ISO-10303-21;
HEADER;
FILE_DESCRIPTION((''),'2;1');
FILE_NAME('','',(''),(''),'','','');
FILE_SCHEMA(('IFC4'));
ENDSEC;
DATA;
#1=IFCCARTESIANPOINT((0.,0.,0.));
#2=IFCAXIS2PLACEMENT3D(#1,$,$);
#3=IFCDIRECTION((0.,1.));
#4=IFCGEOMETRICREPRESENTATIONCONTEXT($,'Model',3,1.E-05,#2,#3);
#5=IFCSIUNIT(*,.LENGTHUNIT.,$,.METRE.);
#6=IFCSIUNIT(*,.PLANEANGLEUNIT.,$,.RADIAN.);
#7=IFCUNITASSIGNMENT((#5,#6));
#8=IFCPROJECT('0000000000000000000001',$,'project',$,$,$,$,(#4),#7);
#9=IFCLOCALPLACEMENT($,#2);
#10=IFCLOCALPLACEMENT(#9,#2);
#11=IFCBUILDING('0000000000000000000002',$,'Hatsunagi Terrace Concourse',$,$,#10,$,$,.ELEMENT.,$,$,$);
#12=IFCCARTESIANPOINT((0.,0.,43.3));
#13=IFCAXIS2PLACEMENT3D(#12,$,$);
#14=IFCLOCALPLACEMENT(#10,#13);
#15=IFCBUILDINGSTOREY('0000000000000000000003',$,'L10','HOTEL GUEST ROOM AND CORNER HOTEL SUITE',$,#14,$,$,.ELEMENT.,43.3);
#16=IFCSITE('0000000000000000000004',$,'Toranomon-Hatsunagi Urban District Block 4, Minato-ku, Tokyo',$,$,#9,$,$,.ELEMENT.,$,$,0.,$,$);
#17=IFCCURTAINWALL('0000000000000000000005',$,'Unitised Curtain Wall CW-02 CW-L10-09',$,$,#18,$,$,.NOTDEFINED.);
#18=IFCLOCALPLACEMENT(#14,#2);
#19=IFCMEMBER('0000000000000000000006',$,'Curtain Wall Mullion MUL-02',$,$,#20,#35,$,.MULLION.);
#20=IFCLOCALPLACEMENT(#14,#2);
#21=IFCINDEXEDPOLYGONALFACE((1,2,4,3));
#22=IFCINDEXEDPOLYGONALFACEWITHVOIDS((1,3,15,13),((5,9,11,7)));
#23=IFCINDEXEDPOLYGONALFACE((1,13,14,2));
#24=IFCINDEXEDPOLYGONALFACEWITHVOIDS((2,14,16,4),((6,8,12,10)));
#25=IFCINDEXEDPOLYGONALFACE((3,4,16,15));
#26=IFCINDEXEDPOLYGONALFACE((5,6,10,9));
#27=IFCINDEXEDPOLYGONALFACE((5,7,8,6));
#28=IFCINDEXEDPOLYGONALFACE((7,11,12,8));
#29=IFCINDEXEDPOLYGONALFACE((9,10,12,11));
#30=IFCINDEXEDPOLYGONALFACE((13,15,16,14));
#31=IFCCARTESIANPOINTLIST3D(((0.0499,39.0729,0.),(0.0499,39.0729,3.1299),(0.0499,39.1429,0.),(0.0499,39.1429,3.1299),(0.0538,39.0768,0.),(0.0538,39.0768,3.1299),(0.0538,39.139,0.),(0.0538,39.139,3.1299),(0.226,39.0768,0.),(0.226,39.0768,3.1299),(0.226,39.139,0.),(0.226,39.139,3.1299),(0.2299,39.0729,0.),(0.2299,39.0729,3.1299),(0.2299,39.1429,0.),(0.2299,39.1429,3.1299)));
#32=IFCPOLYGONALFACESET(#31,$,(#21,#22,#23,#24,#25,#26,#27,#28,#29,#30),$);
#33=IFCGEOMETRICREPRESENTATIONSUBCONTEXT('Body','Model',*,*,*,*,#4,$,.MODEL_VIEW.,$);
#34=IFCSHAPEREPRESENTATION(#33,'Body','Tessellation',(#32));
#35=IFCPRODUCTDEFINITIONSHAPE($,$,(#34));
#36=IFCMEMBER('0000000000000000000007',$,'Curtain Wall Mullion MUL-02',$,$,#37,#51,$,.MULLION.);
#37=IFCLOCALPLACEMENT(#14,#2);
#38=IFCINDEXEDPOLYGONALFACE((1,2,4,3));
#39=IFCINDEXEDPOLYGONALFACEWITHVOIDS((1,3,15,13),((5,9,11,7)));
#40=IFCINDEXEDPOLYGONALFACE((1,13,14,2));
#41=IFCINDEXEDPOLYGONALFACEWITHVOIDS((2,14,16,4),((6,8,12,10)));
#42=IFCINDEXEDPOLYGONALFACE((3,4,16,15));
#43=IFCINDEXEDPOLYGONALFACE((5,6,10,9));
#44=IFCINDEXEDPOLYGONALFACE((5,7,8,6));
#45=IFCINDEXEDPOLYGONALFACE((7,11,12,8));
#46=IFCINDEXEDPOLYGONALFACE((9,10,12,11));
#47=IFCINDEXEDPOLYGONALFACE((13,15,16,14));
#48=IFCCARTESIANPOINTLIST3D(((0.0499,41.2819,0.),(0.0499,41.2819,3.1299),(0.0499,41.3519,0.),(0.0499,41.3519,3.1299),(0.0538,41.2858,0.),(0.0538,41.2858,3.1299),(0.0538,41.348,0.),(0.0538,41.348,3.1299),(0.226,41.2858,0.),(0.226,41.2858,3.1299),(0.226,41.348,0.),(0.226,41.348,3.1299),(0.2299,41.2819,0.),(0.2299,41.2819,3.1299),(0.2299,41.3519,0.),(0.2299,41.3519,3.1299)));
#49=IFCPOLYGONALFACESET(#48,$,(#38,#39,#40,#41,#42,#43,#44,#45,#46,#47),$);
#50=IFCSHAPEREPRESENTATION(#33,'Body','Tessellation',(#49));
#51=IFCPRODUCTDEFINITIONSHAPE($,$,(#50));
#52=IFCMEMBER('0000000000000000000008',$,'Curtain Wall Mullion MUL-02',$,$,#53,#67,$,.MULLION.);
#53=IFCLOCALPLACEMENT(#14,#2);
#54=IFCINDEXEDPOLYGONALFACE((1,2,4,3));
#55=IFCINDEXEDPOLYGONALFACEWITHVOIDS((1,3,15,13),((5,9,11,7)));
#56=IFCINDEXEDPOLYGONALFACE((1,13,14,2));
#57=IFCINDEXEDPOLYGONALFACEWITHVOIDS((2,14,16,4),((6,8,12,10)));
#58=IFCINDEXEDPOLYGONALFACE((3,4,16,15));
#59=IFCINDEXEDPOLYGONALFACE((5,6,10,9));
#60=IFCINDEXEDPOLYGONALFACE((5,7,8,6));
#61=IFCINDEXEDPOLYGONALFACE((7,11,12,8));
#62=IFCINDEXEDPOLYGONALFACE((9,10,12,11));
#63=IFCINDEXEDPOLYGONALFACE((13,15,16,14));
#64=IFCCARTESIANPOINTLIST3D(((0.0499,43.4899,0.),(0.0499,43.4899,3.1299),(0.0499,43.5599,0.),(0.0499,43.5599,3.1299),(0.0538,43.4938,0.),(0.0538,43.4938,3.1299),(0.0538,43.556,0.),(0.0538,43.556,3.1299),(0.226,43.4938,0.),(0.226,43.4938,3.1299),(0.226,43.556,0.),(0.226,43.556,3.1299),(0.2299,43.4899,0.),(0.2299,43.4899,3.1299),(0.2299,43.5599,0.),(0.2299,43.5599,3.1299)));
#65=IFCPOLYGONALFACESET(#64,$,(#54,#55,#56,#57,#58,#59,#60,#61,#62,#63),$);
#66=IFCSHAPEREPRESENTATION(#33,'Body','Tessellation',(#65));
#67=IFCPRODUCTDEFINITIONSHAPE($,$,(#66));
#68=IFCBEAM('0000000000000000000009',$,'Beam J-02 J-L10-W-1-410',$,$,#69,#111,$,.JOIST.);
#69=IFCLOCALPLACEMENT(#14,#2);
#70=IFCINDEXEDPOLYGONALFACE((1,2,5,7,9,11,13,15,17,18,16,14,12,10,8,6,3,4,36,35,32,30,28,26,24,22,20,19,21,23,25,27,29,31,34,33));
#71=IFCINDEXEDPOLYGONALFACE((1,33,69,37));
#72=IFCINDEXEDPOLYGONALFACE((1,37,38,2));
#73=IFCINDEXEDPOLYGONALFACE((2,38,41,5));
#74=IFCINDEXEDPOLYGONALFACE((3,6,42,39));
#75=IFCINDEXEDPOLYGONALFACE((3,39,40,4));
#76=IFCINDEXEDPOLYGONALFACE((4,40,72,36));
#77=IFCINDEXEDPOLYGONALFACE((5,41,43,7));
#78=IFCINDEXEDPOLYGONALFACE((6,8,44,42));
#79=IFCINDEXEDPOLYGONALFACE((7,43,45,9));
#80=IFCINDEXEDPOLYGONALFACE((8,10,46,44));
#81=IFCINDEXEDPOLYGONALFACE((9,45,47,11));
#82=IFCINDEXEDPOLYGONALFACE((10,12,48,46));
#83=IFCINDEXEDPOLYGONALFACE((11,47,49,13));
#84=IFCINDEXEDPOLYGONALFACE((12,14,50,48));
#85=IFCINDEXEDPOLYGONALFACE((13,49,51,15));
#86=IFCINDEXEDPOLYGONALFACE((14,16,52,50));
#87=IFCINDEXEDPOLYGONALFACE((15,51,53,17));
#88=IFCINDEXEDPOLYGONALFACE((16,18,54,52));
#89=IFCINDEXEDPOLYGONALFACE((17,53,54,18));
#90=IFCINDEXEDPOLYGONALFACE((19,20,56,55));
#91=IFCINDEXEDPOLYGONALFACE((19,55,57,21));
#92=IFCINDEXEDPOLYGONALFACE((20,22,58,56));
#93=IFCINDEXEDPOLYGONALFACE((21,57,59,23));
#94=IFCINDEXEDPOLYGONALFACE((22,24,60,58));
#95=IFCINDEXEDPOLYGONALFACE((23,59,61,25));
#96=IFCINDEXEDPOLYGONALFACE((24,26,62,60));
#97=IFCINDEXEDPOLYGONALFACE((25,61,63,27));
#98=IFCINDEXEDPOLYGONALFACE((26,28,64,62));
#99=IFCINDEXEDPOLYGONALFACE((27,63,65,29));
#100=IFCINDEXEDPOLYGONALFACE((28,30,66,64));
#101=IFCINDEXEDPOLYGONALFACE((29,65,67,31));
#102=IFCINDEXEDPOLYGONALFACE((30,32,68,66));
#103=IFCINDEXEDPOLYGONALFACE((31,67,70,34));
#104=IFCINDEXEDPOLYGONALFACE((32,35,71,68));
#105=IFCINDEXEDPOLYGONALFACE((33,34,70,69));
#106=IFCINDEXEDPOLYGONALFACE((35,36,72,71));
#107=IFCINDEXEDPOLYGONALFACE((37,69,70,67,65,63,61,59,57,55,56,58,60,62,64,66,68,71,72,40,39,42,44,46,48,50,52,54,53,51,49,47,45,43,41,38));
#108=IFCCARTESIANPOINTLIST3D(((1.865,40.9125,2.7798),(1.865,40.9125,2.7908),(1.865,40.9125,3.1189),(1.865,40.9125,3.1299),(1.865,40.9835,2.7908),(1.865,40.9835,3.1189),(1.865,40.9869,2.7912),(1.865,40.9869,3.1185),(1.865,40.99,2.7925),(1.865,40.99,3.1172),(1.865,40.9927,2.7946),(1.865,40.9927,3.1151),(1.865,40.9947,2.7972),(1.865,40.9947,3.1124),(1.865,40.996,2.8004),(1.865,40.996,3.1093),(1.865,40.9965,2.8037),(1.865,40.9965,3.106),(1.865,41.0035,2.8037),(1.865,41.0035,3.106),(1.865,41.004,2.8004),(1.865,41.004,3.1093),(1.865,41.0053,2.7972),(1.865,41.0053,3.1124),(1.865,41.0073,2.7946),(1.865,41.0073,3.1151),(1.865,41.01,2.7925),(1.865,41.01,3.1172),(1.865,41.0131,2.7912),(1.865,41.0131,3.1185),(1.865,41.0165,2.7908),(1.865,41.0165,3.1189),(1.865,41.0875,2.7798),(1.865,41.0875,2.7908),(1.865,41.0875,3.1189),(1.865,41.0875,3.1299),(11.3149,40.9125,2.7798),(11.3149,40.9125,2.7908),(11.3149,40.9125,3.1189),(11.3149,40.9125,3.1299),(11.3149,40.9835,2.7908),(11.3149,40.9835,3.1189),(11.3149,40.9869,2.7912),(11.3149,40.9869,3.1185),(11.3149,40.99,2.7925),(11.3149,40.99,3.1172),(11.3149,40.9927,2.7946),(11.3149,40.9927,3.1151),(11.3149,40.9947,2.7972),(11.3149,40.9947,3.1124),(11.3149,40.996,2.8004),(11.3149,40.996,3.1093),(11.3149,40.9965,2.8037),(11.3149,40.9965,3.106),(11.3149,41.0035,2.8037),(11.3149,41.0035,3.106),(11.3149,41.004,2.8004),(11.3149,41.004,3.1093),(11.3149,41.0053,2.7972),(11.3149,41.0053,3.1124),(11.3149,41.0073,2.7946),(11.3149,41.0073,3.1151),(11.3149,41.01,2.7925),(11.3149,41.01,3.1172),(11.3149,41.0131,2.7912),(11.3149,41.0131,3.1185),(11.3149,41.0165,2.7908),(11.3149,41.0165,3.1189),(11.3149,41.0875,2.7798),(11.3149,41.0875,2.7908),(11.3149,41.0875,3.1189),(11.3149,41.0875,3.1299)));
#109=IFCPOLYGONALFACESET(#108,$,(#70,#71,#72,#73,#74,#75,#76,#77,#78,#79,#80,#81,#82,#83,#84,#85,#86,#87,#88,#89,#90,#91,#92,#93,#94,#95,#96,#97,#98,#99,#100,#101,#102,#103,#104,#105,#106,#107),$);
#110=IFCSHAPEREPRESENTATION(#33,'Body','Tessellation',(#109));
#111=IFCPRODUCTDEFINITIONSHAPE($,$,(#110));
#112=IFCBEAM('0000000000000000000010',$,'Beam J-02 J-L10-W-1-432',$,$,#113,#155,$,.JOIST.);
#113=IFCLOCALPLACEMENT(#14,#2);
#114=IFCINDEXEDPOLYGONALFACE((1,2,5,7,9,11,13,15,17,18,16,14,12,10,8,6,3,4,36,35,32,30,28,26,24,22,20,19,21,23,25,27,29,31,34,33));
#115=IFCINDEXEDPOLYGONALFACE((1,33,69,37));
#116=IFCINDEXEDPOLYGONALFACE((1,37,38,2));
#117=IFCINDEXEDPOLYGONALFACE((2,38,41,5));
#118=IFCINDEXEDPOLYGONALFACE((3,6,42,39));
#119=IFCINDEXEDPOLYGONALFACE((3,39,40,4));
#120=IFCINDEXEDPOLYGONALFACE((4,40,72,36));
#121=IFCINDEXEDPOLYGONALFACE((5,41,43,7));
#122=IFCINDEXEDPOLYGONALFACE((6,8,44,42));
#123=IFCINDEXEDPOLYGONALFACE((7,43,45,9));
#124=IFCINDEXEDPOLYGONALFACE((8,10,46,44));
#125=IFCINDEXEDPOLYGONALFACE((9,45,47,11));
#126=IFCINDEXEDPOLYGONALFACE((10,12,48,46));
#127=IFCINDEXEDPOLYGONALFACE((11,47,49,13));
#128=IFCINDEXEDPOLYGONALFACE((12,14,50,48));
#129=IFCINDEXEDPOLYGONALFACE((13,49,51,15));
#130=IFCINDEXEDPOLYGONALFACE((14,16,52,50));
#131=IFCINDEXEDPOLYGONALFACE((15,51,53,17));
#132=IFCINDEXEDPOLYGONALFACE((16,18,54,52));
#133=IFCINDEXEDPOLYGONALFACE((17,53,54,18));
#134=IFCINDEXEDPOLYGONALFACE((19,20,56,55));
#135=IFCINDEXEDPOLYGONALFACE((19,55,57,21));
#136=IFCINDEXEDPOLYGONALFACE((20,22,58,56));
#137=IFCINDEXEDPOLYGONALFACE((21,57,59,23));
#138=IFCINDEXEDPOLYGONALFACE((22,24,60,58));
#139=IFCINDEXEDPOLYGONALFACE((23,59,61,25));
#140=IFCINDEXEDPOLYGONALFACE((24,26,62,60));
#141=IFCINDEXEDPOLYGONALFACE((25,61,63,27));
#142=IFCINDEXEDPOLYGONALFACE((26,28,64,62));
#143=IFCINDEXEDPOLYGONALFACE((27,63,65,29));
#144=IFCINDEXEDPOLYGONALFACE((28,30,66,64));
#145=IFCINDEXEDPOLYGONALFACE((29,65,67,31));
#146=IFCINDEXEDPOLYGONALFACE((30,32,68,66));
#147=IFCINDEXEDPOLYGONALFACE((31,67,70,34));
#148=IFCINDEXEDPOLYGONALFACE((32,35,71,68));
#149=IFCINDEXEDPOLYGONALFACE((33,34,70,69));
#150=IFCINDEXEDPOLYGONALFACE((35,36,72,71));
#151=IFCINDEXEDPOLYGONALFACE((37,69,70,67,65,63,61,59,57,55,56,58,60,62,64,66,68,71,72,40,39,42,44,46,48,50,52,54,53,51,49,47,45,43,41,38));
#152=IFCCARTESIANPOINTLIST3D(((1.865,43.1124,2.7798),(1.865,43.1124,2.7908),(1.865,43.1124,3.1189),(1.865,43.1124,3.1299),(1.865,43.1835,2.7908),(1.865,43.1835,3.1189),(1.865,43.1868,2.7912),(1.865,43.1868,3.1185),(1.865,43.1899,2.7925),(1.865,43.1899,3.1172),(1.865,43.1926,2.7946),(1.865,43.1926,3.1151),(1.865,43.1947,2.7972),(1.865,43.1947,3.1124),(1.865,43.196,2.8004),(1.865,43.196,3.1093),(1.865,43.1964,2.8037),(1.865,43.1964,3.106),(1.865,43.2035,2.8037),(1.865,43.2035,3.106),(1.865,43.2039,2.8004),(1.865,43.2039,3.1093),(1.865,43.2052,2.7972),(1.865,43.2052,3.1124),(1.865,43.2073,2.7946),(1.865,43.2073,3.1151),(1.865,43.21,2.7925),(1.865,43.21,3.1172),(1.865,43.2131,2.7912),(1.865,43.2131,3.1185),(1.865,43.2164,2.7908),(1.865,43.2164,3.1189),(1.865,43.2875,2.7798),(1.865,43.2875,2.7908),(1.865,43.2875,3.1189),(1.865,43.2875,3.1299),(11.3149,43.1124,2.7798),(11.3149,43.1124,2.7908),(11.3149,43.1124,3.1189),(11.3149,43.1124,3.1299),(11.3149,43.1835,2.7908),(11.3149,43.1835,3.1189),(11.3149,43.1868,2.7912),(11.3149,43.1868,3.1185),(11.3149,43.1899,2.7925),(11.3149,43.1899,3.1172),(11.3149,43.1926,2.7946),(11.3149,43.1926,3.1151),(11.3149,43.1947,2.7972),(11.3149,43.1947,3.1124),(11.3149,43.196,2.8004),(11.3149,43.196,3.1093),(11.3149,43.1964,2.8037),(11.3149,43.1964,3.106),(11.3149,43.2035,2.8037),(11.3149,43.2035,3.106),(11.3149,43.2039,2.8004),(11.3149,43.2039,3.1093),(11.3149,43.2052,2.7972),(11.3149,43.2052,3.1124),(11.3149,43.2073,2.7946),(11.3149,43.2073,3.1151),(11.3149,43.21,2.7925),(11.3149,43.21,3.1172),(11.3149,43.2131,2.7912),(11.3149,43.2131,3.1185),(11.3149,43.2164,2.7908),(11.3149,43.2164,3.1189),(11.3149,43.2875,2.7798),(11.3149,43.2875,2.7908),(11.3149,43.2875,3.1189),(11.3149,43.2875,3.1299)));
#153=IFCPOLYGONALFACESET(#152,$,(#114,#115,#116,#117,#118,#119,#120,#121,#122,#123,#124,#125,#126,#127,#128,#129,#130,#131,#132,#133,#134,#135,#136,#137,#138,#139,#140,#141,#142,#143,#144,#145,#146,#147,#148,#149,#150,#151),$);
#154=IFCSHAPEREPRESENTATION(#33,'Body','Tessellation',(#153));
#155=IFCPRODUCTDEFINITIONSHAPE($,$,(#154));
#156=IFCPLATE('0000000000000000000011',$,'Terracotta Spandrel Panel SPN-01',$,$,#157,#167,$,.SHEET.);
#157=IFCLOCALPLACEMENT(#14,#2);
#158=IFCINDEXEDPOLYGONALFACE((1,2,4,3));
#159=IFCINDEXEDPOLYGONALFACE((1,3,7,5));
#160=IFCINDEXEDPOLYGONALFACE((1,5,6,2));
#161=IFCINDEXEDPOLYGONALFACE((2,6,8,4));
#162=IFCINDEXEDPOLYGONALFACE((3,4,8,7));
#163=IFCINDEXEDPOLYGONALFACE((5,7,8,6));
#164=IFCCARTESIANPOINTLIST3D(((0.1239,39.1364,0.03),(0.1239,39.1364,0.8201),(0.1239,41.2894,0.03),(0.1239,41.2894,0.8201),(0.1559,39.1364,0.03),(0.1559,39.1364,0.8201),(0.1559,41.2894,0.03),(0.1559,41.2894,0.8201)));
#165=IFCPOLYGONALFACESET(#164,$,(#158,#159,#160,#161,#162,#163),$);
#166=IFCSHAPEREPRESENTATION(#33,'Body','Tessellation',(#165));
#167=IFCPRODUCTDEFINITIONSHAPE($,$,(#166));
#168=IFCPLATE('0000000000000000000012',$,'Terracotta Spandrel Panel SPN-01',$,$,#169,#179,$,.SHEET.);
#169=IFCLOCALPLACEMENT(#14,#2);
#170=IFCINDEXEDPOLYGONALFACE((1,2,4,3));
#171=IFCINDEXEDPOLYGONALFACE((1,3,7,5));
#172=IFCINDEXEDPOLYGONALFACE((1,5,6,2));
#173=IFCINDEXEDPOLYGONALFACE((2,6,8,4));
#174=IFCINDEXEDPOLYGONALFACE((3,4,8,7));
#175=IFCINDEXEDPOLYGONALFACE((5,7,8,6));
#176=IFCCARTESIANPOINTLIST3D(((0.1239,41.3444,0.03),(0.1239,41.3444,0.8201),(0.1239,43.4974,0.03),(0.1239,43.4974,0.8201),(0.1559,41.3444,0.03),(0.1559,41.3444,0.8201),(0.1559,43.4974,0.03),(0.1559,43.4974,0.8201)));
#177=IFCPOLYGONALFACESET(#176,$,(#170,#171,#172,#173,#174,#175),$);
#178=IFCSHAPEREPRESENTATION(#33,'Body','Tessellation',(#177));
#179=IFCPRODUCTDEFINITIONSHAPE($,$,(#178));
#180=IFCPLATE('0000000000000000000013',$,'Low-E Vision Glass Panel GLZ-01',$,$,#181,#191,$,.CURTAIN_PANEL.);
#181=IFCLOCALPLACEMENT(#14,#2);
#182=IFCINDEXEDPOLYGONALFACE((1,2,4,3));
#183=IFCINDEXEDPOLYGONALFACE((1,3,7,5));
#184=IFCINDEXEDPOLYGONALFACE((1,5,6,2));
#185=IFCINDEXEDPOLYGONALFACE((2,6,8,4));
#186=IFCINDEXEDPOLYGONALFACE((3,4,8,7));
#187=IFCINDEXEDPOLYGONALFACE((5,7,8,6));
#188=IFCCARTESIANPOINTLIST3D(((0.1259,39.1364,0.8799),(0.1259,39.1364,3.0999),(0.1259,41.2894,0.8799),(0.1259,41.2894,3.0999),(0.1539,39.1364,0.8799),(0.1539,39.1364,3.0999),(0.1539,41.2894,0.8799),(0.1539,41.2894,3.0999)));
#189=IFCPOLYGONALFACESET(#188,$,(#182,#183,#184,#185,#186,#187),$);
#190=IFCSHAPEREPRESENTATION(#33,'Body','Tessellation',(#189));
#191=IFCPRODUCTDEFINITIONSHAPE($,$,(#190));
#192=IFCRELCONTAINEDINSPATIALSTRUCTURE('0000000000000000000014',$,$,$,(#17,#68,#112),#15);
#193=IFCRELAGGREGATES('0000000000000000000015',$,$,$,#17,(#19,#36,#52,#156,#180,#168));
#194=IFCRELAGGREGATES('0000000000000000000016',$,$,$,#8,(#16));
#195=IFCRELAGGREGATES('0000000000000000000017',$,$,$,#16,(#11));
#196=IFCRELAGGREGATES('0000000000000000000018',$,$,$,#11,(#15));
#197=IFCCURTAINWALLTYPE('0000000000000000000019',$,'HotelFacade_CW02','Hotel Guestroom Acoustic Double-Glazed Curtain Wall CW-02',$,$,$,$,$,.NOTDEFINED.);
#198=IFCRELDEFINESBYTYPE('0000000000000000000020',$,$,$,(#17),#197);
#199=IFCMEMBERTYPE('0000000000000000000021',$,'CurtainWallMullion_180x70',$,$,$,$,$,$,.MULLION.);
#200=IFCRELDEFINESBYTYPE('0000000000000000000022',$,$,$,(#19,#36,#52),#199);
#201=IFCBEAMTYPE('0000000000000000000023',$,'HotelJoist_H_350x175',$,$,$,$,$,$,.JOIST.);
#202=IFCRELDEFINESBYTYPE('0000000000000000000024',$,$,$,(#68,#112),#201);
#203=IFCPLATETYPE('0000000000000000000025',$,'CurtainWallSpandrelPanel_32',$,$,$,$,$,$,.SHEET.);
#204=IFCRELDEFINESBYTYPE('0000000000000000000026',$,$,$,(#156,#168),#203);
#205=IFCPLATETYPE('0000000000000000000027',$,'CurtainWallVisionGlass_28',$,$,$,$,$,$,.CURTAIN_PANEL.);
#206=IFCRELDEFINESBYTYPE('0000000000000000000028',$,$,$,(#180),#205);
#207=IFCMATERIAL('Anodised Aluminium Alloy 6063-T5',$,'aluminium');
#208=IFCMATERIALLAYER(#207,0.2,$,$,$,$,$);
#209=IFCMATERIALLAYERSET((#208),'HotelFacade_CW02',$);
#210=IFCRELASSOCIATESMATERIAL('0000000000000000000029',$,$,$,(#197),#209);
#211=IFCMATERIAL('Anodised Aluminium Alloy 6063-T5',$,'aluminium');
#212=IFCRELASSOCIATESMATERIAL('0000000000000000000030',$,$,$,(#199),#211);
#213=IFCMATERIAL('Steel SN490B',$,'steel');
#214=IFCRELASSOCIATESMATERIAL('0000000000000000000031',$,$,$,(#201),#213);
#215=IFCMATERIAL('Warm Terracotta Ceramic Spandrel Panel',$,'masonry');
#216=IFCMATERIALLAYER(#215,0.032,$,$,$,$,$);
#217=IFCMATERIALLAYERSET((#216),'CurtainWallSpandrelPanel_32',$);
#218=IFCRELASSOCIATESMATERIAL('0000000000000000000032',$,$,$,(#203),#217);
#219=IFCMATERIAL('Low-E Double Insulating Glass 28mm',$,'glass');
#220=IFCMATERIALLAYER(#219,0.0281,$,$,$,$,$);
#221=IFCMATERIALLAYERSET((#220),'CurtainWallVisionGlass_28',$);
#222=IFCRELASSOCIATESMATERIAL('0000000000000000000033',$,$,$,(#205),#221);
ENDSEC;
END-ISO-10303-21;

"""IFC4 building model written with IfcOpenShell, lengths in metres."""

from ifc_helpers import new_model, si_unit, direction, frame, origin, origin_2d, place, context, subcontext, project, spatial, rectangle, hollow_rectangle, i_section, extrude, material, layer, layer_set, material_profile, profile_set, type_object, element, aggregate, save


model = new_model("IFC4")

# Units and contexts
model_context = context("Model", 3, precision=1e-05, world=origin(), true_north=direction((0.0, 1.0)))
body_context = subcontext(model_context, "Body", "Model", "MODEL_VIEW")
ifc_project = project(units=[si_unit("LENGTHUNIT", "METRE"), si_unit("PLANEANGLEUNIT", "RADIAN")], contexts=[model_context])

# Site, building, storey
site_placement = place(None, origin())
site = spatial("IfcSite", under=ifc_project, at=site_placement, Name="Toranomon-Hatsunagi Urban District Block 4, Minato-ku, Tokyo", CompositionType="ELEMENT", RefElevation=0.0)
building_placement = place(site_placement, origin())
building = spatial("IfcBuilding", under=site, at=building_placement, Name="Hatsunagi Terrace Concourse", CompositionType="ELEMENT")
storey_placement = place(building_placement, frame((0.0, 0.0, 43.3)))
storey = spatial("IfcBuildingStorey", under=building, at=storey_placement, Name="L10", Description="HOTEL GUEST ROOM AND CORNER HOTEL SUITE", CompositionType="ELEMENT", Elevation=43.3)

# Curtain wall, members
ifc_material_1 = material(Name="Anodised Aluminium Alloy 6063-T5", Category="aluminium")
ifc_layer_1 = layer(ifc_material_1, 0.2)
ifc_layer_set_1 = layer_set([ifc_layer_1], Name="HotelFacade_CW02")
curtain_wall_type = type_object("IfcCurtainWallType", Name="HotelFacade_CW02", Description="Hotel Guestroom Acoustic Double-Glazed Curtain Wall CW-02", PredefinedType="NOTDEFINED", material=ifc_layer_set_1)
curtain_wall_placement = place(storey_placement, origin())
curtain_wall = element("IfcCurtainWall", 1, at=curtain_wall_placement, inside=storey, type_object=curtain_wall_type, Name="Unitised Curtain Wall CW-02 CW-L10-09", PredefinedType="NOTDEFINED")
ifc_material_2 = material(Name="Anodised Aluminium Alloy 6063-T5", Category="aluminium")
ifc_material_profile_1 = material_profile(ifc_material_2, hollow_rectangle(XDim=0.0701, YDim=0.1799, WallThickness=0.0039, at=origin_2d()), Name="ALU-MUL-180x70x4")
ifc_profile_set_1 = profile_set([ifc_material_profile_1], Name="Anodised Aluminium Alloy 6063-T5")
member_type = type_object("IfcMemberType", Name="CurtainWallMullion_180x70", PredefinedType="MULLION", material=ifc_profile_set_1)
member_1_placement = place(storey_placement, frame((0.1399, 39.1079, 0.0), z_axis=(0.0, 0.0, 1.0), x_axis=(0.0, 1.0, 0.0)))
member_1 = element("IfcMember", 2, at=member_1_placement, type_object=member_type, Name="Curtain Wall Mullion MUL-02", PredefinedType="MULLION", context=body_context, shape_type="SweptSolid", body=[
    extrude(hollow_rectangle(XDim=0.0701, YDim=0.1799, WallThickness=0.0039, at=origin_2d()), origin(), (0.0, 0.0, 1.0), 3.1299),
])
member_2_placement = place(storey_placement, frame((0.1399, 41.3169, 0.0), z_axis=(0.0, 0.0, 1.0), x_axis=(0.0, 1.0, 0.0)))
member_2 = element("IfcMember", 3, at=member_2_placement, type_object=member_type, Name="Curtain Wall Mullion MUL-02", PredefinedType="MULLION", context=body_context, shape_type="SweptSolid", body=[
    extrude(hollow_rectangle(XDim=0.0701, YDim=0.1799, WallThickness=0.0039, at=origin_2d()), origin(), (0.0, 0.0, 1.0), 3.1299),
])
member_3_placement = place(storey_placement, frame((0.1399, 43.5249, 0.0), z_axis=(0.0, 0.0, 1.0), x_axis=(0.0, 1.0, 0.0)))
member_3 = element("IfcMember", 4, at=member_3_placement, type_object=member_type, Name="Curtain Wall Mullion MUL-02", PredefinedType="MULLION", context=body_context, shape_type="SweptSolid", body=[
    extrude(hollow_rectangle(XDim=0.0701, YDim=0.1799, WallThickness=0.0039, at=origin_2d()), origin(), (0.0, 0.0, 1.0), 3.1299),
])

# Beams
ifc_material_3 = material(Name="Steel SN490B", Category="steel")
ifc_material_profile_2 = material_profile(ifc_material_3, i_section(OverallWidth=0.175, OverallDepth=0.3501, WebThickness=0.0071, FlangeThickness=0.011, FilletRadius=0.0129, at=origin_2d()), Name="H-350x175x7x11")
ifc_profile_set_2 = profile_set([ifc_material_profile_2], Name="Steel SN490B")
beam_type = type_object("IfcBeamType", Name="HotelJoist_H_350x175", PredefinedType="JOIST", material=ifc_profile_set_2)
for number, where, z_axis, x_axis, name in (
    (5, (1.865, 41.0, 2.9548), (1.0, 0.0, 0.0), (0.0, 1.0, 0.0), "Beam J-02 J-L10-W-1-410"),
    (6, (1.865, 43.2, 2.9548), (1.0, 0.0, 0.0), (0.0, 1.0, 0.0), "Beam J-02 J-L10-W-1-432"),
):
    element("IfcBeam", number, at=place(storey_placement, frame(where, z_axis=z_axis, x_axis=x_axis)), inside=storey, type_object=beam_type, Name=name, PredefinedType="JOIST", context=body_context, shape_type="SweptSolid", body=[
        extrude(i_section(OverallWidth=0.175, OverallDepth=0.3501, WebThickness=0.0071, FlangeThickness=0.011, FilletRadius=0.0129, at=origin_2d()), origin(), (0.0, 0.0, 1.0), 9.45),
    ])

# Plates
ifc_material_4 = material(Name="Warm Terracotta Ceramic Spandrel Panel", Category="masonry")
ifc_layer_2 = layer(ifc_material_4, 0.032)
ifc_layer_set_2 = layer_set([ifc_layer_2], Name="CurtainWallSpandrelPanel_32")
plate_type_1 = type_object("IfcPlateType", Name="CurtainWallSpandrelPanel_32", PredefinedType="SHEET", material=ifc_layer_set_2)
plate_1_placement = place(storey_placement, frame((0.1399, 40.2129, 0.03), z_axis=(0.0, 0.0, 1.0), x_axis=(0.0, 1.0, 0.0)))
plate_1 = element("IfcPlate", 7, at=plate_1_placement, type_object=plate_type_1, Name="Terracotta Spandrel Panel SPN-01", PredefinedType="SHEET", context=body_context, shape_type="SweptSolid", body=[
    extrude(rectangle(XDim=2.1531, YDim=0.032, at=origin_2d()), origin(), (0.0, 0.0, 1.0), 0.79),
])
plate_2_placement = place(storey_placement, frame((0.1399, 42.4209, 0.03), z_axis=(0.0, 0.0, 1.0), x_axis=(0.0, 1.0, 0.0)))
plate_2 = element("IfcPlate", 8, at=plate_2_placement, type_object=plate_type_1, Name="Terracotta Spandrel Panel SPN-01", PredefinedType="SHEET", context=body_context, shape_type="SweptSolid", body=[
    extrude(rectangle(XDim=2.1531, YDim=0.032, at=origin_2d()), origin(), (0.0, 0.0, 1.0), 0.79),
])
ifc_material_5 = material(Name="Low-E Double Insulating Glass 28mm", Category="glass")
ifc_layer_3 = layer(ifc_material_5, 0.0281)
ifc_layer_set_3 = layer_set([ifc_layer_3], Name="CurtainWallVisionGlass_28")
plate_type_2 = type_object("IfcPlateType", Name="CurtainWallVisionGlass_28", PredefinedType="CURTAIN_PANEL", material=ifc_layer_set_3)
plate_3_placement = place(storey_placement, frame((0.1399, 40.2129, 0.8799), z_axis=(0.0, 0.0, 1.0), x_axis=(0.0, 1.0, 0.0)))
plate_3 = element("IfcPlate", 9, at=plate_3_placement, type_object=plate_type_2, Name="Low-E Vision Glass Panel GLZ-01", PredefinedType="CURTAIN_PANEL", context=body_context, shape_type="SweptSolid", body=[
    extrude(rectangle(XDim=2.1531, YDim=0.0281, at=origin_2d()), origin(), (0.0, 0.0, 1.0), 2.22),
])
aggregate(curtain_wall, [member_1, member_2, member_3, plate_1, plate_3, plate_2])

save(model, "model.ifc")
